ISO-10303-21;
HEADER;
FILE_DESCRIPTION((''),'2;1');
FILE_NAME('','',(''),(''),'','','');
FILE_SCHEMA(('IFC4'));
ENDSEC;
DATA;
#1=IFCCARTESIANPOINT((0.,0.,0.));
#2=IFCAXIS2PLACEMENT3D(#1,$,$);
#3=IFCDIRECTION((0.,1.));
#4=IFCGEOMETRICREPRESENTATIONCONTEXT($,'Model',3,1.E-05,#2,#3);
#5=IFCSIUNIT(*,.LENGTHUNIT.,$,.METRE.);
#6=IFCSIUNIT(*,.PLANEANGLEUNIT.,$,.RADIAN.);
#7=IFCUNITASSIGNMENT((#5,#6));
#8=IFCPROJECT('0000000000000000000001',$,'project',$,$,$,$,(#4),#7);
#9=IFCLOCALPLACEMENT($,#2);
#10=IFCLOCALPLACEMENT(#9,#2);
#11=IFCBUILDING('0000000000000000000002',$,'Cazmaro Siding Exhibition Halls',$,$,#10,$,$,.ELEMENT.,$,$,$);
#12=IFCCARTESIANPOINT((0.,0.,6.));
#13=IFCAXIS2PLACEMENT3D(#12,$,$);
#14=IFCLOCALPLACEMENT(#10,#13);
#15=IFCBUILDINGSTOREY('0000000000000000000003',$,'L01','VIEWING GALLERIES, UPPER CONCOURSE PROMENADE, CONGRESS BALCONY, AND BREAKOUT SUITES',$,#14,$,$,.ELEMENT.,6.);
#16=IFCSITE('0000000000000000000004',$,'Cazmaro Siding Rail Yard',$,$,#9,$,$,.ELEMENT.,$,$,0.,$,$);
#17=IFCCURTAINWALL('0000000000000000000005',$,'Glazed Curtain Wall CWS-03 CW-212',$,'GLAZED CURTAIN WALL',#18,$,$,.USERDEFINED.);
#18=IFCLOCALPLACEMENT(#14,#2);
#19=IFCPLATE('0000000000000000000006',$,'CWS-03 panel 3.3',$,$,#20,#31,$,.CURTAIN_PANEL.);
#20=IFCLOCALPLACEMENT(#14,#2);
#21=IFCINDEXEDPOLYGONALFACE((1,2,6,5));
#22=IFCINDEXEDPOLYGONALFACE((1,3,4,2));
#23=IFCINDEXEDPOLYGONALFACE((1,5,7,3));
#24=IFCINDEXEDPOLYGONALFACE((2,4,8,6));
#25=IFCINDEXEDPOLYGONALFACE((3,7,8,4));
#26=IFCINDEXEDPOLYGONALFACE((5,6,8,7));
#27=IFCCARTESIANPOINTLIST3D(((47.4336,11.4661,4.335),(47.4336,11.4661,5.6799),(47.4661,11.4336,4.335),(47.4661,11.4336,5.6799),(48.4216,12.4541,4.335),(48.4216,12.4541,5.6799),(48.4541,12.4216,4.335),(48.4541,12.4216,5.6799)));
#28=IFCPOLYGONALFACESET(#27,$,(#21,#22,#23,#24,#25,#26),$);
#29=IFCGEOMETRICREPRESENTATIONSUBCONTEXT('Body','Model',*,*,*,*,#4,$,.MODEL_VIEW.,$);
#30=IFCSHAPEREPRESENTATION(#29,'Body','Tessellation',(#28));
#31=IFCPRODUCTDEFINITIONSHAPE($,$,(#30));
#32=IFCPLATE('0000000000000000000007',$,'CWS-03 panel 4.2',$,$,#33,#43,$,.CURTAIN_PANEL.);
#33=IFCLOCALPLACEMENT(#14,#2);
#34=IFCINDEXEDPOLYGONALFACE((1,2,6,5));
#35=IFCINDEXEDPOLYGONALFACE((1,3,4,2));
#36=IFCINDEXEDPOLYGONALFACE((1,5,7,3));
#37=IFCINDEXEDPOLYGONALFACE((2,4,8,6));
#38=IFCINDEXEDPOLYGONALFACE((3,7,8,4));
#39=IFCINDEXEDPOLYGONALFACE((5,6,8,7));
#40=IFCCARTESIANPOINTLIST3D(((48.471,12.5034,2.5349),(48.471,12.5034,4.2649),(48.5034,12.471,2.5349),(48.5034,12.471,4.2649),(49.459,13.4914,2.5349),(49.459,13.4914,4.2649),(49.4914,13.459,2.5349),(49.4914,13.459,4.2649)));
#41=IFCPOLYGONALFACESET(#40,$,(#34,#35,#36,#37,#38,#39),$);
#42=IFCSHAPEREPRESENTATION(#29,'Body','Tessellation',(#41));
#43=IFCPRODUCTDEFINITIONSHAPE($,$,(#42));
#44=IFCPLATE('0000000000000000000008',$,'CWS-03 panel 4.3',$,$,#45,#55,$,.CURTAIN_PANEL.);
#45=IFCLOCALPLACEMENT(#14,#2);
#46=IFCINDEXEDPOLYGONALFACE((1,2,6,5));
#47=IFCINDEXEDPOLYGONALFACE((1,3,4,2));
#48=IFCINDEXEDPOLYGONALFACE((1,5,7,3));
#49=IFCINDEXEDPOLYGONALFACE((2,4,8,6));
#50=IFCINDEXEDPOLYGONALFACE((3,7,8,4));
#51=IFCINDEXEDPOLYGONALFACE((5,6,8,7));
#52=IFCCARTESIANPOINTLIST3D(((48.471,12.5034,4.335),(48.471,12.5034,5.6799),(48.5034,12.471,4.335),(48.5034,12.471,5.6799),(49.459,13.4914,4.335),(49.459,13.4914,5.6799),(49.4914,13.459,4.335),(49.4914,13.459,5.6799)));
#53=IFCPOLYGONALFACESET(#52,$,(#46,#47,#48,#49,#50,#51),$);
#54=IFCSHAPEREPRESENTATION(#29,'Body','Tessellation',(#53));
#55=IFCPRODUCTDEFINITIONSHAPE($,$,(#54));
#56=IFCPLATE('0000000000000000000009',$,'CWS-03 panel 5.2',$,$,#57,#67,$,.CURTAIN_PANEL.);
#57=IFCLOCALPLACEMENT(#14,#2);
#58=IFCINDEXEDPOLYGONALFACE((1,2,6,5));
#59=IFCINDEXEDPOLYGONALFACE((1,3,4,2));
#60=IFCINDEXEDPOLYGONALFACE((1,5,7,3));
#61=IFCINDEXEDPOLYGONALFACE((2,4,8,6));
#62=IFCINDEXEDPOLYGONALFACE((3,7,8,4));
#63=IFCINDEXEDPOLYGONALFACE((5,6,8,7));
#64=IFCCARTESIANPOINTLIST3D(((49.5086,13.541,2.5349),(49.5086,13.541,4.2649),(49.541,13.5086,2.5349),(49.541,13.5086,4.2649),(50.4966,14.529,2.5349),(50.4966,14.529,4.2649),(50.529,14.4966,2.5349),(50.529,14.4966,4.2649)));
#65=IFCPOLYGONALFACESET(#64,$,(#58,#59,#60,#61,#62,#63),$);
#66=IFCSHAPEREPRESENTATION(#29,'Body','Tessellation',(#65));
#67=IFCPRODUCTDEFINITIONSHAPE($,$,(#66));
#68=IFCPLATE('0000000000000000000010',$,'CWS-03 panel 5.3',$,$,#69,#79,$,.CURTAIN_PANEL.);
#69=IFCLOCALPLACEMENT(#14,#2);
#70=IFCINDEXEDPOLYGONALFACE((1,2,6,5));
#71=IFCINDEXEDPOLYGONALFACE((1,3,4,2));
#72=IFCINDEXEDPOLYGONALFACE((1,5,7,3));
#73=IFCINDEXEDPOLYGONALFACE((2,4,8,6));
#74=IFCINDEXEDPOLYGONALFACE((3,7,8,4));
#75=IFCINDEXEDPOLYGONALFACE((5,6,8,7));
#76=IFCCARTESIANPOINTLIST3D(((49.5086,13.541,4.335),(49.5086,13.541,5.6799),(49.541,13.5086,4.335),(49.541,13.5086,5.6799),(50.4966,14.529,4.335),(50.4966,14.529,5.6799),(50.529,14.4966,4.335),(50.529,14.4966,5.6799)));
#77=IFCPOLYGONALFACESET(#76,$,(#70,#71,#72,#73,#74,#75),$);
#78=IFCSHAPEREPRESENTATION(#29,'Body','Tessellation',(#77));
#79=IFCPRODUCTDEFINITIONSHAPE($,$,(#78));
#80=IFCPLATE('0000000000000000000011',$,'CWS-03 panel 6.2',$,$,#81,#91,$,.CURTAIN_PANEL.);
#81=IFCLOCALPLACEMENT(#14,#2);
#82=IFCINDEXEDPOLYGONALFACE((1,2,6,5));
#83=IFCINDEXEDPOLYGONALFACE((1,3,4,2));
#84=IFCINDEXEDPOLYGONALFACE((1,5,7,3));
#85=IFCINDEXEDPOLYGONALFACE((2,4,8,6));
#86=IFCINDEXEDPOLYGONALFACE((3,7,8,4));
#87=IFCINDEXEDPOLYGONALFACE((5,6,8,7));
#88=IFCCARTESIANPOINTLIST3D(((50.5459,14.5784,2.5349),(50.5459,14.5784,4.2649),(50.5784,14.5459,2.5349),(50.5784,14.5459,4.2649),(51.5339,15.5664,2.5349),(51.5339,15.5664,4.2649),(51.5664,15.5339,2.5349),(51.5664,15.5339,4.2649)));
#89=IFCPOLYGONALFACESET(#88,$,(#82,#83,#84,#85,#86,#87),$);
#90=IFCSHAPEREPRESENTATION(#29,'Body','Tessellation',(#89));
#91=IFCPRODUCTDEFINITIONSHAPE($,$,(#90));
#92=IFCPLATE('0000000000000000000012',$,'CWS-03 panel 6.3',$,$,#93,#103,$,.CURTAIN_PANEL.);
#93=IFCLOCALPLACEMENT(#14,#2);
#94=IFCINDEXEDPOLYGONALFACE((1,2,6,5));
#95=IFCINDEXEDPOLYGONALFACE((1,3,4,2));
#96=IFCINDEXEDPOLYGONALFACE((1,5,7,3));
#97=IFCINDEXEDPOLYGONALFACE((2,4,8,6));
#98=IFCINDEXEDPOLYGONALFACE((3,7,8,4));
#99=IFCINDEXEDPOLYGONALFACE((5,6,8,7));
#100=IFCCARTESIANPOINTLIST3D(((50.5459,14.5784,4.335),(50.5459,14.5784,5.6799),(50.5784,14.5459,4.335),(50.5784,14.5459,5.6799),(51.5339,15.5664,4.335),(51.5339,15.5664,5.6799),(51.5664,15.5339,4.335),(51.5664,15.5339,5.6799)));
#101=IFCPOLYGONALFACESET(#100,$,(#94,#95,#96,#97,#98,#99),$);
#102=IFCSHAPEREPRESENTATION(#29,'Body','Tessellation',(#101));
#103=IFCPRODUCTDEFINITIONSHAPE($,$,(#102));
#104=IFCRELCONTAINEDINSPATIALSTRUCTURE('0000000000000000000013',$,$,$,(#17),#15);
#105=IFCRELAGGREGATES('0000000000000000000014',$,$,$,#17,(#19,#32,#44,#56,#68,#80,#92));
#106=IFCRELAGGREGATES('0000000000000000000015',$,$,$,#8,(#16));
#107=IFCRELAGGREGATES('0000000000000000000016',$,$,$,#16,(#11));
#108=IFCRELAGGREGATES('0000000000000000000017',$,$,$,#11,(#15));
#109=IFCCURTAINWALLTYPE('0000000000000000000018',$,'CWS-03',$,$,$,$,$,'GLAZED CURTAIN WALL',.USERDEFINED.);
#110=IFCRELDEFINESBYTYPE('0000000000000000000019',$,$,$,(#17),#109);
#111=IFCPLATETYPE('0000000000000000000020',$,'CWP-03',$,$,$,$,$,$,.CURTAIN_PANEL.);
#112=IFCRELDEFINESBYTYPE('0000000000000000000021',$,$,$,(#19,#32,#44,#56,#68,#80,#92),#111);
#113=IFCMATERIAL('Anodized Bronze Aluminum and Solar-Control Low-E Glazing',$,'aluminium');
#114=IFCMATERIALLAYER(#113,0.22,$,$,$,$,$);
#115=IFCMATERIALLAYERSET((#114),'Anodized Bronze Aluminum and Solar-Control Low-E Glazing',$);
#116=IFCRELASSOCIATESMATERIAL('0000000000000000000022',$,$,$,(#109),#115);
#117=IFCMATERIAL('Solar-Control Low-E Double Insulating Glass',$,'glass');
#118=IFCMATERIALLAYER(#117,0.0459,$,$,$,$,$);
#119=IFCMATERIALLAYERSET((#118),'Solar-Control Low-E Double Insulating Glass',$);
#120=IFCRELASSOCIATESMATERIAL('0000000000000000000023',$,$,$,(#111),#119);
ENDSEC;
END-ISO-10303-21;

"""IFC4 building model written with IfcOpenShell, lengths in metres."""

from ifc_helpers import new_model, si_unit, direction, frame, origin, origin_2d, place, context, subcontext, project, spatial, rectangle, extrude, material, layer, layer_set, type_object, element, aggregate, save


model = new_model("IFC4")

# Units and contexts
model_context = context("Model", 3, precision=1e-05, world=origin(), true_north=direction((0.0, 1.0)))
body_context = subcontext(model_context, "Body", "Model", "MODEL_VIEW")
ifc_project = project(units=[si_unit("LENGTHUNIT", "METRE"), si_unit("PLANEANGLEUNIT", "RADIAN")], contexts=[model_context])

# Site, building, storey
site_placement = place(None, origin())
site = spatial("IfcSite", under=ifc_project, at=site_placement, Name="Cazmaro Siding Rail Yard", CompositionType="ELEMENT", RefElevation=0.0)
building_placement = place(site_placement, origin())
building = spatial("IfcBuilding", under=site, at=building_placement, Name="Cazmaro Siding Exhibition Halls", CompositionType="ELEMENT")
storey_placement = place(building_placement, frame((0.0, 0.0, 6.0)))
storey = spatial("IfcBuildingStorey", under=building, at=storey_placement, Name="L01", Description="VIEWING GALLERIES, UPPER CONCOURSE PROMENADE, CONGRESS BALCONY, AND BREAKOUT SUITES", CompositionType="ELEMENT", Elevation=6.0)

# Curtain wall, plates
ifc_material_1 = material(Name="Anodized Bronze Aluminum and Solar-Control Low-E Glazing", Category="aluminium")
ifc_layer_1 = layer(ifc_material_1, 0.22)
ifc_layer_set_1 = layer_set([ifc_layer_1], Name="Anodized Bronze Aluminum and Solar-Control Low-E Glazing")
curtain_wall_type = type_object("IfcCurtainWallType", Name="CWS-03", ElementType="GLAZED CURTAIN WALL", PredefinedType="USERDEFINED", material=ifc_layer_set_1)
curtain_wall_placement = place(storey_placement, origin())
curtain_wall = element("IfcCurtainWall", 1, at=curtain_wall_placement, inside=storey, type_object=curtain_wall_type, Name="Glazed Curtain Wall CWS-03 CW-212", ObjectType="GLAZED CURTAIN WALL", PredefinedType="USERDEFINED")
ifc_material_2 = material(Name="Solar-Control Low-E Double Insulating Glass", Category="glass")
ifc_layer_2 = layer(ifc_material_2, 0.0459)
ifc_layer_set_2 = layer_set([ifc_layer_2], Name="Solar-Control Low-E Double Insulating Glass")
plate_type = type_object("IfcPlateType", Name="CWP-03", PredefinedType="CURTAIN_PANEL", material=ifc_layer_set_2)
plate_1_placement = place(storey_placement, frame((47.9438, 11.9438, 4.335), z_axis=(0.0, 0.0, 1.0), x_axis=(0.707107, 0.707107, 0.0)))
plate_1 = element("IfcPlate", 2, at=plate_1_placement, type_object=plate_type, Name="CWS-03 panel 3.3", PredefinedType="CURTAIN_PANEL", context=body_context, shape_type="SweptSolid", body=[
    extrude(rectangle(XDim=1.3972, YDim=0.0459, at=origin_2d()), origin(), (0.0, 0.0, 1.0), 1.345),
])
plate_2_placement = place(storey_placement, frame((48.9812, 12.9812, 2.5349), z_axis=(0.0, 0.0, 1.0), x_axis=(0.707107, 0.707107, 0.0)))
plate_2 = element("IfcPlate", 3, at=plate_2_placement, type_object=plate_type, Name="CWS-03 panel 4.2", PredefinedType="CURTAIN_PANEL", context=body_context, shape_type="SweptSolid", body=[
    extrude(rectangle(XDim=1.3972, YDim=0.0459, at=origin_2d()), origin(), (0.0, 0.0, 1.0), 1.73),
])
plate_3_placement = place(storey_placement, frame((48.9812, 12.9812, 4.335), z_axis=(0.0, 0.0, 1.0), x_axis=(0.707107, 0.707107, 0.0)))
plate_3 = element("IfcPlate", 4, at=plate_3_placement, type_object=plate_type, Name="CWS-03 panel 4.3", PredefinedType="CURTAIN_PANEL", context=body_context, shape_type="SweptSolid", body=[
    extrude(rectangle(XDim=1.3972, YDim=0.0459, at=origin_2d()), origin(), (0.0, 0.0, 1.0), 1.345),
])
plate_4_placement = place(storey_placement, frame((50.0188, 14.0188, 2.5349), z_axis=(0.0, 0.0, 1.0), x_axis=(0.707107, 0.707107, 0.0)))
plate_4 = element("IfcPlate", 5, at=plate_4_placement, type_object=plate_type, Name="CWS-03 panel 5.2", PredefinedType="CURTAIN_PANEL", context=body_context, shape_type="SweptSolid", body=[
    extrude(rectangle(XDim=1.3972, YDim=0.0459, at=origin_2d()), origin(), (0.0, 0.0, 1.0), 1.73),
])
plate_5_placement = place(storey_placement, frame((50.0188, 14.0188, 4.335), z_axis=(0.0, 0.0, 1.0), x_axis=(0.707107, 0.707107, 0.0)))
plate_5 = element("IfcPlate", 6, at=plate_5_placement, type_object=plate_type, Name="CWS-03 panel 5.3", PredefinedType="CURTAIN_PANEL", context=body_context, shape_type="SweptSolid", body=[
    extrude(rectangle(XDim=1.3972, YDim=0.0459, at=origin_2d()), origin(), (0.0, 0.0, 1.0), 1.345),
])
plate_6_placement = place(storey_placement, frame((51.0562, 15.0562, 2.5349), z_axis=(0.0, 0.0, 1.0), x_axis=(0.707107, 0.707107, 0.0)))
plate_6 = element("IfcPlate", 7, at=plate_6_placement, type_object=plate_type, Name="CWS-03 panel 6.2", PredefinedType="CURTAIN_PANEL", context=body_context, shape_type="SweptSolid", body=[
    extrude(rectangle(XDim=1.3972, YDim=0.0459, at=origin_2d()), origin(), (0.0, 0.0, 1.0), 1.73),
])
plate_7_placement = place(storey_placement, frame((51.0562, 15.0562, 4.335), z_axis=(0.0, 0.0, 1.0), x_axis=(0.707107, 0.707107, 0.0)))
plate_7 = element("IfcPlate", 8, at=plate_7_placement, type_object=plate_type, Name="CWS-03 panel 6.3", PredefinedType="CURTAIN_PANEL", context=body_context, shape_type="SweptSolid", body=[
    extrude(rectangle(XDim=1.3972, YDim=0.0459, at=origin_2d()), origin(), (0.0, 0.0, 1.0), 1.345),
])
aggregate(curtain_wall, [plate_1, plate_2, plate_3, plate_4, plate_5, plate_6, plate_7])

save(model, "model.ifc")
